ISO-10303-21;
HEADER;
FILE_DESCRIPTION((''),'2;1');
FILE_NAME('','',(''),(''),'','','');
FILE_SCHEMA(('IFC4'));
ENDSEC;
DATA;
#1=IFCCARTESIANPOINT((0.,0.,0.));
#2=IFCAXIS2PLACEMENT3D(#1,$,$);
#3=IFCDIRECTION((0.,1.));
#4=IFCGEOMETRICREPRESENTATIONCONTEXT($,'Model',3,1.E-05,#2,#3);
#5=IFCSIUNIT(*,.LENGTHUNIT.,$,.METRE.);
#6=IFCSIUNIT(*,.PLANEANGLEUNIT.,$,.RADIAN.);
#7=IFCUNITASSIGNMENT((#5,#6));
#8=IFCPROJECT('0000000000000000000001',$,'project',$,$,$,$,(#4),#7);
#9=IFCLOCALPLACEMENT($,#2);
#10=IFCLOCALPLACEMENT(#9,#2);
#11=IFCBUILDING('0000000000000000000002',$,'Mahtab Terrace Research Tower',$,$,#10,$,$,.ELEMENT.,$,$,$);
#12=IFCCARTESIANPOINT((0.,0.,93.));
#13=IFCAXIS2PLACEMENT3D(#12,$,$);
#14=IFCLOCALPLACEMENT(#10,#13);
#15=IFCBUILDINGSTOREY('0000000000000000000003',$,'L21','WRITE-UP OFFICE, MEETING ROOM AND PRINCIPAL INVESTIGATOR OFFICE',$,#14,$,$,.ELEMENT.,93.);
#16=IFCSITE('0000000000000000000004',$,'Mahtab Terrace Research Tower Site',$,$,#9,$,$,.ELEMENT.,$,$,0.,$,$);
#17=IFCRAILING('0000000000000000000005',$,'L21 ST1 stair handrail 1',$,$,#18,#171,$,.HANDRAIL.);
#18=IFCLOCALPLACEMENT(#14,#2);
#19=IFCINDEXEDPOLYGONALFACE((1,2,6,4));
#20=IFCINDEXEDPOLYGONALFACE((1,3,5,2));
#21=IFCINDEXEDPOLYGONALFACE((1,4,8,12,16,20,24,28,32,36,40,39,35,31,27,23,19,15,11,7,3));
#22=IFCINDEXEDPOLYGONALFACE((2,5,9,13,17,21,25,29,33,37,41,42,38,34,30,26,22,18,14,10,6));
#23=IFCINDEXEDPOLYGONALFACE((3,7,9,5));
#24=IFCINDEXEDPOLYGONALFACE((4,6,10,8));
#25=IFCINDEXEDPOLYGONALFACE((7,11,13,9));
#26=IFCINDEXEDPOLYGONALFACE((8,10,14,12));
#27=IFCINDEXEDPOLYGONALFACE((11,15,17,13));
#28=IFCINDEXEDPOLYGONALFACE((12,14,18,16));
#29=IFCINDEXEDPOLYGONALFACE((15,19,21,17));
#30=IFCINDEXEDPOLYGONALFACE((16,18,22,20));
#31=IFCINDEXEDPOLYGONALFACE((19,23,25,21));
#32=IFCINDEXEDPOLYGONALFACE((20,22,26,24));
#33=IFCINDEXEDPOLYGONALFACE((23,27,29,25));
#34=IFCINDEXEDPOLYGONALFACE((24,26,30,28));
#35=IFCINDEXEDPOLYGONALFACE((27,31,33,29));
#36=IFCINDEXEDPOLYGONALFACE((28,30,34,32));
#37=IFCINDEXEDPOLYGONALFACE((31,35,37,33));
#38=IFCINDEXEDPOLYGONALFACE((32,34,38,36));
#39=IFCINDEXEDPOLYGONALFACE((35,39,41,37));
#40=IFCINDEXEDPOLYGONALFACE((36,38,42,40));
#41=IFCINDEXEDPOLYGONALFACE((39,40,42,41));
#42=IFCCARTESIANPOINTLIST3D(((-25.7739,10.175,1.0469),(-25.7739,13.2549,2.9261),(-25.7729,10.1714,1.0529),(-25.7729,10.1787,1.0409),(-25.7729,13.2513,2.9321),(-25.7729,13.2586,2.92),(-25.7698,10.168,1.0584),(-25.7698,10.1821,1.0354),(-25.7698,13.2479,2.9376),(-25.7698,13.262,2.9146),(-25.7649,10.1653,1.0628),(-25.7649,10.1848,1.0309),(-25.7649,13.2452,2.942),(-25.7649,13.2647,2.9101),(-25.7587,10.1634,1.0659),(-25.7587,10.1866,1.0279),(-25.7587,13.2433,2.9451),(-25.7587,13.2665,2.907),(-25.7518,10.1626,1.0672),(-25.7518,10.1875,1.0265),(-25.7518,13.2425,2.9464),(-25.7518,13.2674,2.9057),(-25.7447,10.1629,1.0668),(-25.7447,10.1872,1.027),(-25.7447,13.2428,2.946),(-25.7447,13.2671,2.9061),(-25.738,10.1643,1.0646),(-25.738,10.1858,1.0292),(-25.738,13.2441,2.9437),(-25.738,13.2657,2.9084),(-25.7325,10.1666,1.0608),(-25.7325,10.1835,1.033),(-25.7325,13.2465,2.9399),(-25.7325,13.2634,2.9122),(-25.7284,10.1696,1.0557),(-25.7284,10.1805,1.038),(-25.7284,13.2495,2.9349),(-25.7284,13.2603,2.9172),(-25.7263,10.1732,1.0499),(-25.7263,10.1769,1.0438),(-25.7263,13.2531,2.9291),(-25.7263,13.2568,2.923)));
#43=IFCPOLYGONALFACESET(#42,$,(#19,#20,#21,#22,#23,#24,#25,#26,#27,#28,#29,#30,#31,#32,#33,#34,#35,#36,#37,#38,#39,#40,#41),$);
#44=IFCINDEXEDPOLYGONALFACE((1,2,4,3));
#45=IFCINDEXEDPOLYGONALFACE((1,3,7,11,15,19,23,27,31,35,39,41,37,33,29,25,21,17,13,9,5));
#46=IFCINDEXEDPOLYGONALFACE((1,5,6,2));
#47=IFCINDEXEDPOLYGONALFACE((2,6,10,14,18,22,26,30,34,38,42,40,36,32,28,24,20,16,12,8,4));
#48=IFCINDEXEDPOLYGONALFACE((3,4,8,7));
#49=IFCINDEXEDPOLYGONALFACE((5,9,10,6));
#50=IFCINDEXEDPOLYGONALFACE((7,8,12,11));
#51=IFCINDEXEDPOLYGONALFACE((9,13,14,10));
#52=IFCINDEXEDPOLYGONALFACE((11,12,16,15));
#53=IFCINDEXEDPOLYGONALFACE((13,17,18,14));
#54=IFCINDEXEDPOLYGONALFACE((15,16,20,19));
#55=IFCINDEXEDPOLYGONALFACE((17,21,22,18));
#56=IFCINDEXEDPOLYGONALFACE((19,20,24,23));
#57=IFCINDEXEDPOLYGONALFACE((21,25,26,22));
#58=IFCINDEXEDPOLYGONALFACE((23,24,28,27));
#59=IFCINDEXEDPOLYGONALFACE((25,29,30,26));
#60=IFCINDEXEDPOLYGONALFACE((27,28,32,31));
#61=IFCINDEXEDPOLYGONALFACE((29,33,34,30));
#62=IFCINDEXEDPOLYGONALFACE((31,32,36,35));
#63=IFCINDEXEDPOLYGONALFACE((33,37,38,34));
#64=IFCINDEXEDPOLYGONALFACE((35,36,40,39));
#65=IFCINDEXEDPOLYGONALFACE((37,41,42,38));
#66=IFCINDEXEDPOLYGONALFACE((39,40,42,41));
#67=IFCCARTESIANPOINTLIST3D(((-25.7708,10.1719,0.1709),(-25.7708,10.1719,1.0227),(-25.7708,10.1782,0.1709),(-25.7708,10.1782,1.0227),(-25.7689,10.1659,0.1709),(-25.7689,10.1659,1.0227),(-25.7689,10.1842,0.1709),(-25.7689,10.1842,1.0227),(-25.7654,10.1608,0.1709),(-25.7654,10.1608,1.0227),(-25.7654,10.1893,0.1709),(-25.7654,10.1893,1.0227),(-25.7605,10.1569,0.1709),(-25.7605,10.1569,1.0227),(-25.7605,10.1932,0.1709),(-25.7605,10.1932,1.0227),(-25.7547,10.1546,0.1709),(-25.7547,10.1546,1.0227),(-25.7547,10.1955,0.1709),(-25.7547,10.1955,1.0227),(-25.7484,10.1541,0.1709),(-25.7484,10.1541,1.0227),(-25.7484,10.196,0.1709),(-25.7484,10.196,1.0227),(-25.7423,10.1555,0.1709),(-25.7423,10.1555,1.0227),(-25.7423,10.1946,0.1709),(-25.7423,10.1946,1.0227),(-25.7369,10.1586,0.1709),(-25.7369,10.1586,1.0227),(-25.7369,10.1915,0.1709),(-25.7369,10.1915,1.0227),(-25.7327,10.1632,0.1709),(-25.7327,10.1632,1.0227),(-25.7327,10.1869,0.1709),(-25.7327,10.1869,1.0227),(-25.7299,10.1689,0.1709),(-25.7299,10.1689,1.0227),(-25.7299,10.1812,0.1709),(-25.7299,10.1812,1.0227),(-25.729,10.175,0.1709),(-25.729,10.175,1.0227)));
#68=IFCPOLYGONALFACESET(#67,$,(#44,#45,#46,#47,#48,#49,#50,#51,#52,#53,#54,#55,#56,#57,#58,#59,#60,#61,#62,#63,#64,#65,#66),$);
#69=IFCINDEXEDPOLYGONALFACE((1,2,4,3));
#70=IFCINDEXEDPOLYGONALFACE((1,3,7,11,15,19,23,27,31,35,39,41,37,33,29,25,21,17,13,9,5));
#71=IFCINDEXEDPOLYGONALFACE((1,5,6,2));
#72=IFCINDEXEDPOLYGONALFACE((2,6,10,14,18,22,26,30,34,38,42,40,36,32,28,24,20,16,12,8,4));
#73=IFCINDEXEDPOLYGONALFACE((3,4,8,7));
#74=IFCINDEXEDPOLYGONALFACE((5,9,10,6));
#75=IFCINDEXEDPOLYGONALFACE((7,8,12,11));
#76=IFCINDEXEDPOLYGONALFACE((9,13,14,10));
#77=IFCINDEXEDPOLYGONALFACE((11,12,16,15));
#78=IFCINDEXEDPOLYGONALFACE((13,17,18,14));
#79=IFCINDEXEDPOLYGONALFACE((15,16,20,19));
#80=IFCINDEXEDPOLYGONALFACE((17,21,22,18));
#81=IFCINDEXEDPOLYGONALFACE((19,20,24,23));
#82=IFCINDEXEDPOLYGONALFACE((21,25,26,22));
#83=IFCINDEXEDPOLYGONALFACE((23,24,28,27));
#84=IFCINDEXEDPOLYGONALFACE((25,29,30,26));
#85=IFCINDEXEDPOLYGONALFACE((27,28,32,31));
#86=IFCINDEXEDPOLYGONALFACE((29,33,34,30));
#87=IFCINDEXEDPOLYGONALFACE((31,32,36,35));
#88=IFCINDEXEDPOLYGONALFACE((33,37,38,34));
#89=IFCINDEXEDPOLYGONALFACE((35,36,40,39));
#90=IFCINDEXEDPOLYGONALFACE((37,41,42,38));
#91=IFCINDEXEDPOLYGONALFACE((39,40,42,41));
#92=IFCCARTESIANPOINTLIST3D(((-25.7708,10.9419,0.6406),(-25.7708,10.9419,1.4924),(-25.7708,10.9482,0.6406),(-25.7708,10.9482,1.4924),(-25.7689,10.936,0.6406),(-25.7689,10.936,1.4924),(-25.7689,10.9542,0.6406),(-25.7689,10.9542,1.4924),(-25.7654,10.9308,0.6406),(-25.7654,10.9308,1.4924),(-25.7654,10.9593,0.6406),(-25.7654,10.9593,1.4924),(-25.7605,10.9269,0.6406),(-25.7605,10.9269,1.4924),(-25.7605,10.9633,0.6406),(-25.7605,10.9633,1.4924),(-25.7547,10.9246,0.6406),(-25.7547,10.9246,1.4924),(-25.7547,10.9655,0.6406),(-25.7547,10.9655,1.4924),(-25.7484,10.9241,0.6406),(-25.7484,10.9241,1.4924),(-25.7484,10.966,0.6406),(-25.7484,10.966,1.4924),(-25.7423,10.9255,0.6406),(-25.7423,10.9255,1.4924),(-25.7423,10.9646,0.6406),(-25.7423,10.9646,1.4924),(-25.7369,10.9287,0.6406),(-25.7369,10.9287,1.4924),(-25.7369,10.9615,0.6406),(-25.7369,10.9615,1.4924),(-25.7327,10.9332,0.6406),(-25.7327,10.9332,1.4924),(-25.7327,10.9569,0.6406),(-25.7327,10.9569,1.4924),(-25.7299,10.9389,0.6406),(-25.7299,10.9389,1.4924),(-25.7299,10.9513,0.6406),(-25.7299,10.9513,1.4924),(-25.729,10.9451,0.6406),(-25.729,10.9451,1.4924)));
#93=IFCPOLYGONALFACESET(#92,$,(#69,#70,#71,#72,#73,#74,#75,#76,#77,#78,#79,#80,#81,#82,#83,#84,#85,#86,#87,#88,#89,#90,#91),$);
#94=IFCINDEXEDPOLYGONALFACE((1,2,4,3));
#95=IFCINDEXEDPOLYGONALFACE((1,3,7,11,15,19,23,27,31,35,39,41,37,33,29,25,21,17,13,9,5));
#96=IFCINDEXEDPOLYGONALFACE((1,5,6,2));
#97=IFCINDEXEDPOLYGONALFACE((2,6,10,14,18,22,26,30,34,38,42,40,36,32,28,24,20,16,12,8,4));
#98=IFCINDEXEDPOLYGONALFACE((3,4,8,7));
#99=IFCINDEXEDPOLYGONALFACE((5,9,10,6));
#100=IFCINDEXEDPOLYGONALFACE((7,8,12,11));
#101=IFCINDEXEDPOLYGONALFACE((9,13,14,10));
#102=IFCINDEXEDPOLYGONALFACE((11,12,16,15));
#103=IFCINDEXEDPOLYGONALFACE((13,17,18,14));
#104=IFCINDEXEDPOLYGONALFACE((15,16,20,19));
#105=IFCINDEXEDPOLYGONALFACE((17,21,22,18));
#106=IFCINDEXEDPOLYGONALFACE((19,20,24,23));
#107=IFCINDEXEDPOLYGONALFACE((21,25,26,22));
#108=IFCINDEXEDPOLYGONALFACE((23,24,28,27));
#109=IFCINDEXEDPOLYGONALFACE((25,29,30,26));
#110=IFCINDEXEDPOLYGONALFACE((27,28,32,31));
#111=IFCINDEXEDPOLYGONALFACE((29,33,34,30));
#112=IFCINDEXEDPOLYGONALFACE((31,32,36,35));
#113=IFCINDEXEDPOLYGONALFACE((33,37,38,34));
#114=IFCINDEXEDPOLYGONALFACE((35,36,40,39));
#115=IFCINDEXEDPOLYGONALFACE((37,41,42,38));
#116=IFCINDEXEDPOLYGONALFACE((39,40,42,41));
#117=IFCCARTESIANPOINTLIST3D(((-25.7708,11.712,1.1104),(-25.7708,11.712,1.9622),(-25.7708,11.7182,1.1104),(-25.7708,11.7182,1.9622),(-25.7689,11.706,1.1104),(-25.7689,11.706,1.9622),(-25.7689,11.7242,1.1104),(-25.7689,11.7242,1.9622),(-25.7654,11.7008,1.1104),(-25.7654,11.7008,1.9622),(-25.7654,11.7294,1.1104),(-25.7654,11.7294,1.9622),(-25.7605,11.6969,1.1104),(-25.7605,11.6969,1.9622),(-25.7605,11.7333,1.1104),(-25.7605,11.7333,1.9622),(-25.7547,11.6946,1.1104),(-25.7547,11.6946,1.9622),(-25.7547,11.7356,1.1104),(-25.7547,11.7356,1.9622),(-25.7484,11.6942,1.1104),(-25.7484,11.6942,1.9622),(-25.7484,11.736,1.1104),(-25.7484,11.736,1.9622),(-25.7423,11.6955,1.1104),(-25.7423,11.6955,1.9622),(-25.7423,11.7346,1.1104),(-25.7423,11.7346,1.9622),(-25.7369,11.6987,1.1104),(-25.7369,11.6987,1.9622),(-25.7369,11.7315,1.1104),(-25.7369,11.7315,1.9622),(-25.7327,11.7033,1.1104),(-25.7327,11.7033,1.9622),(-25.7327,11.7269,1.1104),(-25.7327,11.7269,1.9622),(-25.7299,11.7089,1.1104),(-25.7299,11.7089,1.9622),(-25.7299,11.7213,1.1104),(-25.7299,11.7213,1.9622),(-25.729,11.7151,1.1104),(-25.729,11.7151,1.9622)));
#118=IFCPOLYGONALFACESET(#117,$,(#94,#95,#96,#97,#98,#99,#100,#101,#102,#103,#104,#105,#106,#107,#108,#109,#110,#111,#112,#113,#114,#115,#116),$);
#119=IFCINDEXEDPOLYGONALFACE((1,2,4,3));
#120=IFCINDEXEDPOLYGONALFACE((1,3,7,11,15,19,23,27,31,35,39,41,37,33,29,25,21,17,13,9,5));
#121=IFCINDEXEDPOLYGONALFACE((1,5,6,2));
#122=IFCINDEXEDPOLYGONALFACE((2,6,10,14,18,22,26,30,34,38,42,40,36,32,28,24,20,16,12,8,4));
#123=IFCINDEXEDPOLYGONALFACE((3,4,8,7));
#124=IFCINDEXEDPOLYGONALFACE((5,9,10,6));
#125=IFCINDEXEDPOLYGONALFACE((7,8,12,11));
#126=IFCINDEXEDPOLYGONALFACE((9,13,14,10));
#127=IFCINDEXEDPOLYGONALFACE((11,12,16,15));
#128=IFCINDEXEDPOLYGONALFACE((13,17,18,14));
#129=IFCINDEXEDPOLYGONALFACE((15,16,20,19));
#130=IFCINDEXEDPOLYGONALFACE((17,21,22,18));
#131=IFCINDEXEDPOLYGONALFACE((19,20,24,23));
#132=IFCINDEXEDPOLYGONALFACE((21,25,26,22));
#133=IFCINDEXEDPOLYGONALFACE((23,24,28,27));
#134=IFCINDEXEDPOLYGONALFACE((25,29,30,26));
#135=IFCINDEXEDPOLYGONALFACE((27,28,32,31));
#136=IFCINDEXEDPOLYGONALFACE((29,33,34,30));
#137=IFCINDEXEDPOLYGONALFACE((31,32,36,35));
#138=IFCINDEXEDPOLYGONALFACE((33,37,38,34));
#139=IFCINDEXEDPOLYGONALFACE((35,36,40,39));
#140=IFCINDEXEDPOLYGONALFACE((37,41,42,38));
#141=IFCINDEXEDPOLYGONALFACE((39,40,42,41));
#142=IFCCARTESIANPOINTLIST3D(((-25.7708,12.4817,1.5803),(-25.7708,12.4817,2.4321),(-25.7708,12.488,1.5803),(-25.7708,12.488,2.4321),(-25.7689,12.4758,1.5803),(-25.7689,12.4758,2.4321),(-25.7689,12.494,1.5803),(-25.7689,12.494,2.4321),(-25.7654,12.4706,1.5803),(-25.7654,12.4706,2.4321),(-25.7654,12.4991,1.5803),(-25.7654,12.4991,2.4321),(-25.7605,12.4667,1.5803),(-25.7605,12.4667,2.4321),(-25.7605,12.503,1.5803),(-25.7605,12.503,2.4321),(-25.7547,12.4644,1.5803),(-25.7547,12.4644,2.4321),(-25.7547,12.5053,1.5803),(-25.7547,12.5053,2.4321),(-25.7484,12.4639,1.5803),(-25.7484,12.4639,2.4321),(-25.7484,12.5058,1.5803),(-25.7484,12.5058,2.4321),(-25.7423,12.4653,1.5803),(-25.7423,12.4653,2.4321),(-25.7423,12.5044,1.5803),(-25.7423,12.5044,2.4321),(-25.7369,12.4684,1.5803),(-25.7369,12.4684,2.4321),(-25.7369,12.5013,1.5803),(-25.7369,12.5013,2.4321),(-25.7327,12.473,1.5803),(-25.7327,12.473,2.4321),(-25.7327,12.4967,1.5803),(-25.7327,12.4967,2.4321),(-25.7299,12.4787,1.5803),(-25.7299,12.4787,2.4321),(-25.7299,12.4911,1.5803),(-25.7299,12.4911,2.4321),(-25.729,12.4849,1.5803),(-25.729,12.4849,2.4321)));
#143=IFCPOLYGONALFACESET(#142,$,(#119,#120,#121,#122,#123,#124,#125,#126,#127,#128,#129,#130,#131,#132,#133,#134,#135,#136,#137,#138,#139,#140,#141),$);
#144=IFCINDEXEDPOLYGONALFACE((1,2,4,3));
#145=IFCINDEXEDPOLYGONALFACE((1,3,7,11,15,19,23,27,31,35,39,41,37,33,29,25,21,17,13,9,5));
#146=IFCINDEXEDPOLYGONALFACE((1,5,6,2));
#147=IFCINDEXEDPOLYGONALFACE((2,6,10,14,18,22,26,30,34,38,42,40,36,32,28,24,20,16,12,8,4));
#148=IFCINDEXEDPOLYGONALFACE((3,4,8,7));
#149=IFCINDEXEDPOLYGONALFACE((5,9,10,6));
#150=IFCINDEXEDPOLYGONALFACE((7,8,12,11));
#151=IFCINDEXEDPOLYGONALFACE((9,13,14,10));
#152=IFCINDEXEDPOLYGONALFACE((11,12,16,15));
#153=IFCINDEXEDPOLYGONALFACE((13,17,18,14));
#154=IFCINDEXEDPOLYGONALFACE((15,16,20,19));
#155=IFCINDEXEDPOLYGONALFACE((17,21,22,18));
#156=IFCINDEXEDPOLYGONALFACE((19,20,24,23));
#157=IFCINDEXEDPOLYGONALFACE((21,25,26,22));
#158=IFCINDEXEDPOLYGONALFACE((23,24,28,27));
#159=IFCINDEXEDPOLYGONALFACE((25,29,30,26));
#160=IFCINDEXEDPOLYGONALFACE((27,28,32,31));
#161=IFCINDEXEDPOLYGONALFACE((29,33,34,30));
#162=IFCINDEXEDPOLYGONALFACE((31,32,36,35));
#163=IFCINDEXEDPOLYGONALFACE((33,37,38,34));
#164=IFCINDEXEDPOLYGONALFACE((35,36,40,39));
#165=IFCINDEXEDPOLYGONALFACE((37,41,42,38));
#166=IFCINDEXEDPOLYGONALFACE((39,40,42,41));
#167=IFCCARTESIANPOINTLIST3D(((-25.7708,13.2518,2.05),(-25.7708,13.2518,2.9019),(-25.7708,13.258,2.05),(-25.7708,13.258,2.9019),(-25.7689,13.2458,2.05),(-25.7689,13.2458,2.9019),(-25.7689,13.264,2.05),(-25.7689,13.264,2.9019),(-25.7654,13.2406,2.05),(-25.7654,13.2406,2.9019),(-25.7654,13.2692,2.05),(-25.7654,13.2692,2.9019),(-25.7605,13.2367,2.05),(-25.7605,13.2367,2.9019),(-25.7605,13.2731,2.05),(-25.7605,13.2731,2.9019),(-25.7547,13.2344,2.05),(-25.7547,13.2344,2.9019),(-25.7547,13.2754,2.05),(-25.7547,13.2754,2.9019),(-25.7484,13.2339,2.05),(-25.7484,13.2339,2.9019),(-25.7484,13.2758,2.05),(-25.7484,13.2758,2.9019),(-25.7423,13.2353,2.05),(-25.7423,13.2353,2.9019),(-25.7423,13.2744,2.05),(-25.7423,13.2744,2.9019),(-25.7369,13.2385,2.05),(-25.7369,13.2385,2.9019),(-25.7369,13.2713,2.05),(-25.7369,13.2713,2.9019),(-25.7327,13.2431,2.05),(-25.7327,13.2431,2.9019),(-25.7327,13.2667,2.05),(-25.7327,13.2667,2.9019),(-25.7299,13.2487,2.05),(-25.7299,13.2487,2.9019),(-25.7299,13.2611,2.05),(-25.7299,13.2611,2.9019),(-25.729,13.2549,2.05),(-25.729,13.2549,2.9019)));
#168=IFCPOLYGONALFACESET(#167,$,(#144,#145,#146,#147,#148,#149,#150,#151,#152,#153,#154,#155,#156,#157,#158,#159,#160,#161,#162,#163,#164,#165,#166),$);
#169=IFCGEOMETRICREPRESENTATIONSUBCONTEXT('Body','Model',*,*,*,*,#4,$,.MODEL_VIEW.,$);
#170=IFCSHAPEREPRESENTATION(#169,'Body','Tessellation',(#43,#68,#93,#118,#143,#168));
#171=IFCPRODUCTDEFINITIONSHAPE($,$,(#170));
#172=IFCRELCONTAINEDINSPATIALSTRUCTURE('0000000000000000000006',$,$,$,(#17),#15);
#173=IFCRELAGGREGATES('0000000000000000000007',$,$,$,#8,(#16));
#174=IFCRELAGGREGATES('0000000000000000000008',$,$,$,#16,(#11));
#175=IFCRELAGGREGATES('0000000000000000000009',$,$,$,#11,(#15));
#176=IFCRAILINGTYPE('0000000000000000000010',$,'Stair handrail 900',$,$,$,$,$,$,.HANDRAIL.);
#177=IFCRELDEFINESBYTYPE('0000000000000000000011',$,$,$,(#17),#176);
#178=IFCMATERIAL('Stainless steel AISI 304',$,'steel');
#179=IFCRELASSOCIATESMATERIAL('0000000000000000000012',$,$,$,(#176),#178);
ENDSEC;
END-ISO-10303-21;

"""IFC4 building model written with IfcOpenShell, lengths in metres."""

from ifc_helpers import new_model, si_unit, direction, frame, origin, origin_2d, place, context, subcontext, project, spatial, circle, extrude, material, type_object, element, save


model = new_model("IFC4")

# Units and contexts
model_context = context("Model", 3, precision=1e-05, world=origin(), true_north=direction((0.0, 1.0)))
body_context = subcontext(model_context, "Body", "Model", "MODEL_VIEW")
ifc_project = project(units=[si_unit("LENGTHUNIT", "METRE"), si_unit("PLANEANGLEUNIT", "RADIAN")], contexts=[model_context])

# Site, building, storey
site_placement = place(None, origin())
site = spatial("IfcSite", under=ifc_project, at=site_placement, Name="Mahtab Terrace Research Tower Site", CompositionType="ELEMENT", RefElevation=0.0)
building_placement = place(site_placement, origin())
building = spatial("IfcBuilding", under=site, at=building_placement, Name="Mahtab Terrace Research Tower", CompositionType="ELEMENT")
storey_placement = place(building_placement, frame((0.0, 0.0, 93.0)))
storey = spatial("IfcBuildingStorey", under=building, at=storey_placement, Name="L21", Description="WRITE-UP OFFICE, MEETING ROOM AND PRINCIPAL INVESTIGATOR OFFICE", CompositionType="ELEMENT", Elevation=93.0)

# Railing
ifc_material_1 = material(Name="Stainless steel AISI 304", Category="steel")
railing_type_1 = type_object("IfcRailingType", Name="Stair handrail 900", PredefinedType="HANDRAIL", material=ifc_material_1)
railing_1_placement = place(storey_placement, frame((-25.75, 10.175, 0.1709)))
element("IfcRailing", 1, at=railing_1_placement, inside=storey, type_object=railing_type_1, Name="L21 ST1 stair handrail 1", PredefinedType="HANDRAIL", context=body_context, shape_type="SweptSolid", body=[
    extrude(circle(Radius=0.0239, at=origin_2d()), frame((0.0, 0.0, 0.876), z_axis=(0.0, 0.853648, 0.52085), x_axis=(-1.0, 0.0, 0.0)), (0.0, 0.0, 1.0), 3.6079),
    extrude(circle(Radius=0.021, at=origin_2d()), origin(), (0.0, 0.0, 1.0), 0.8518),
    extrude(circle(Radius=0.021, at=origin_2d()), frame((0.0, 0.77, 0.4697)), (0.0, 0.0, 1.0), 0.8518),
    extrude(circle(Radius=0.021, at=origin_2d()), frame((0.0, 1.54, 0.9395)), (0.0, 0.0, 1.0), 0.8518),
    extrude(circle(Radius=0.021, at=origin_2d()), frame((0.0, 2.3098, 1.4094)), (0.0, 0.0, 1.0), 0.8518),
    extrude(circle(Radius=0.021, at=origin_2d()), frame((0.0, 3.0798, 1.8792)), (0.0, 0.0, 1.0), 0.8518),
])

save(model, "model.ifc")
